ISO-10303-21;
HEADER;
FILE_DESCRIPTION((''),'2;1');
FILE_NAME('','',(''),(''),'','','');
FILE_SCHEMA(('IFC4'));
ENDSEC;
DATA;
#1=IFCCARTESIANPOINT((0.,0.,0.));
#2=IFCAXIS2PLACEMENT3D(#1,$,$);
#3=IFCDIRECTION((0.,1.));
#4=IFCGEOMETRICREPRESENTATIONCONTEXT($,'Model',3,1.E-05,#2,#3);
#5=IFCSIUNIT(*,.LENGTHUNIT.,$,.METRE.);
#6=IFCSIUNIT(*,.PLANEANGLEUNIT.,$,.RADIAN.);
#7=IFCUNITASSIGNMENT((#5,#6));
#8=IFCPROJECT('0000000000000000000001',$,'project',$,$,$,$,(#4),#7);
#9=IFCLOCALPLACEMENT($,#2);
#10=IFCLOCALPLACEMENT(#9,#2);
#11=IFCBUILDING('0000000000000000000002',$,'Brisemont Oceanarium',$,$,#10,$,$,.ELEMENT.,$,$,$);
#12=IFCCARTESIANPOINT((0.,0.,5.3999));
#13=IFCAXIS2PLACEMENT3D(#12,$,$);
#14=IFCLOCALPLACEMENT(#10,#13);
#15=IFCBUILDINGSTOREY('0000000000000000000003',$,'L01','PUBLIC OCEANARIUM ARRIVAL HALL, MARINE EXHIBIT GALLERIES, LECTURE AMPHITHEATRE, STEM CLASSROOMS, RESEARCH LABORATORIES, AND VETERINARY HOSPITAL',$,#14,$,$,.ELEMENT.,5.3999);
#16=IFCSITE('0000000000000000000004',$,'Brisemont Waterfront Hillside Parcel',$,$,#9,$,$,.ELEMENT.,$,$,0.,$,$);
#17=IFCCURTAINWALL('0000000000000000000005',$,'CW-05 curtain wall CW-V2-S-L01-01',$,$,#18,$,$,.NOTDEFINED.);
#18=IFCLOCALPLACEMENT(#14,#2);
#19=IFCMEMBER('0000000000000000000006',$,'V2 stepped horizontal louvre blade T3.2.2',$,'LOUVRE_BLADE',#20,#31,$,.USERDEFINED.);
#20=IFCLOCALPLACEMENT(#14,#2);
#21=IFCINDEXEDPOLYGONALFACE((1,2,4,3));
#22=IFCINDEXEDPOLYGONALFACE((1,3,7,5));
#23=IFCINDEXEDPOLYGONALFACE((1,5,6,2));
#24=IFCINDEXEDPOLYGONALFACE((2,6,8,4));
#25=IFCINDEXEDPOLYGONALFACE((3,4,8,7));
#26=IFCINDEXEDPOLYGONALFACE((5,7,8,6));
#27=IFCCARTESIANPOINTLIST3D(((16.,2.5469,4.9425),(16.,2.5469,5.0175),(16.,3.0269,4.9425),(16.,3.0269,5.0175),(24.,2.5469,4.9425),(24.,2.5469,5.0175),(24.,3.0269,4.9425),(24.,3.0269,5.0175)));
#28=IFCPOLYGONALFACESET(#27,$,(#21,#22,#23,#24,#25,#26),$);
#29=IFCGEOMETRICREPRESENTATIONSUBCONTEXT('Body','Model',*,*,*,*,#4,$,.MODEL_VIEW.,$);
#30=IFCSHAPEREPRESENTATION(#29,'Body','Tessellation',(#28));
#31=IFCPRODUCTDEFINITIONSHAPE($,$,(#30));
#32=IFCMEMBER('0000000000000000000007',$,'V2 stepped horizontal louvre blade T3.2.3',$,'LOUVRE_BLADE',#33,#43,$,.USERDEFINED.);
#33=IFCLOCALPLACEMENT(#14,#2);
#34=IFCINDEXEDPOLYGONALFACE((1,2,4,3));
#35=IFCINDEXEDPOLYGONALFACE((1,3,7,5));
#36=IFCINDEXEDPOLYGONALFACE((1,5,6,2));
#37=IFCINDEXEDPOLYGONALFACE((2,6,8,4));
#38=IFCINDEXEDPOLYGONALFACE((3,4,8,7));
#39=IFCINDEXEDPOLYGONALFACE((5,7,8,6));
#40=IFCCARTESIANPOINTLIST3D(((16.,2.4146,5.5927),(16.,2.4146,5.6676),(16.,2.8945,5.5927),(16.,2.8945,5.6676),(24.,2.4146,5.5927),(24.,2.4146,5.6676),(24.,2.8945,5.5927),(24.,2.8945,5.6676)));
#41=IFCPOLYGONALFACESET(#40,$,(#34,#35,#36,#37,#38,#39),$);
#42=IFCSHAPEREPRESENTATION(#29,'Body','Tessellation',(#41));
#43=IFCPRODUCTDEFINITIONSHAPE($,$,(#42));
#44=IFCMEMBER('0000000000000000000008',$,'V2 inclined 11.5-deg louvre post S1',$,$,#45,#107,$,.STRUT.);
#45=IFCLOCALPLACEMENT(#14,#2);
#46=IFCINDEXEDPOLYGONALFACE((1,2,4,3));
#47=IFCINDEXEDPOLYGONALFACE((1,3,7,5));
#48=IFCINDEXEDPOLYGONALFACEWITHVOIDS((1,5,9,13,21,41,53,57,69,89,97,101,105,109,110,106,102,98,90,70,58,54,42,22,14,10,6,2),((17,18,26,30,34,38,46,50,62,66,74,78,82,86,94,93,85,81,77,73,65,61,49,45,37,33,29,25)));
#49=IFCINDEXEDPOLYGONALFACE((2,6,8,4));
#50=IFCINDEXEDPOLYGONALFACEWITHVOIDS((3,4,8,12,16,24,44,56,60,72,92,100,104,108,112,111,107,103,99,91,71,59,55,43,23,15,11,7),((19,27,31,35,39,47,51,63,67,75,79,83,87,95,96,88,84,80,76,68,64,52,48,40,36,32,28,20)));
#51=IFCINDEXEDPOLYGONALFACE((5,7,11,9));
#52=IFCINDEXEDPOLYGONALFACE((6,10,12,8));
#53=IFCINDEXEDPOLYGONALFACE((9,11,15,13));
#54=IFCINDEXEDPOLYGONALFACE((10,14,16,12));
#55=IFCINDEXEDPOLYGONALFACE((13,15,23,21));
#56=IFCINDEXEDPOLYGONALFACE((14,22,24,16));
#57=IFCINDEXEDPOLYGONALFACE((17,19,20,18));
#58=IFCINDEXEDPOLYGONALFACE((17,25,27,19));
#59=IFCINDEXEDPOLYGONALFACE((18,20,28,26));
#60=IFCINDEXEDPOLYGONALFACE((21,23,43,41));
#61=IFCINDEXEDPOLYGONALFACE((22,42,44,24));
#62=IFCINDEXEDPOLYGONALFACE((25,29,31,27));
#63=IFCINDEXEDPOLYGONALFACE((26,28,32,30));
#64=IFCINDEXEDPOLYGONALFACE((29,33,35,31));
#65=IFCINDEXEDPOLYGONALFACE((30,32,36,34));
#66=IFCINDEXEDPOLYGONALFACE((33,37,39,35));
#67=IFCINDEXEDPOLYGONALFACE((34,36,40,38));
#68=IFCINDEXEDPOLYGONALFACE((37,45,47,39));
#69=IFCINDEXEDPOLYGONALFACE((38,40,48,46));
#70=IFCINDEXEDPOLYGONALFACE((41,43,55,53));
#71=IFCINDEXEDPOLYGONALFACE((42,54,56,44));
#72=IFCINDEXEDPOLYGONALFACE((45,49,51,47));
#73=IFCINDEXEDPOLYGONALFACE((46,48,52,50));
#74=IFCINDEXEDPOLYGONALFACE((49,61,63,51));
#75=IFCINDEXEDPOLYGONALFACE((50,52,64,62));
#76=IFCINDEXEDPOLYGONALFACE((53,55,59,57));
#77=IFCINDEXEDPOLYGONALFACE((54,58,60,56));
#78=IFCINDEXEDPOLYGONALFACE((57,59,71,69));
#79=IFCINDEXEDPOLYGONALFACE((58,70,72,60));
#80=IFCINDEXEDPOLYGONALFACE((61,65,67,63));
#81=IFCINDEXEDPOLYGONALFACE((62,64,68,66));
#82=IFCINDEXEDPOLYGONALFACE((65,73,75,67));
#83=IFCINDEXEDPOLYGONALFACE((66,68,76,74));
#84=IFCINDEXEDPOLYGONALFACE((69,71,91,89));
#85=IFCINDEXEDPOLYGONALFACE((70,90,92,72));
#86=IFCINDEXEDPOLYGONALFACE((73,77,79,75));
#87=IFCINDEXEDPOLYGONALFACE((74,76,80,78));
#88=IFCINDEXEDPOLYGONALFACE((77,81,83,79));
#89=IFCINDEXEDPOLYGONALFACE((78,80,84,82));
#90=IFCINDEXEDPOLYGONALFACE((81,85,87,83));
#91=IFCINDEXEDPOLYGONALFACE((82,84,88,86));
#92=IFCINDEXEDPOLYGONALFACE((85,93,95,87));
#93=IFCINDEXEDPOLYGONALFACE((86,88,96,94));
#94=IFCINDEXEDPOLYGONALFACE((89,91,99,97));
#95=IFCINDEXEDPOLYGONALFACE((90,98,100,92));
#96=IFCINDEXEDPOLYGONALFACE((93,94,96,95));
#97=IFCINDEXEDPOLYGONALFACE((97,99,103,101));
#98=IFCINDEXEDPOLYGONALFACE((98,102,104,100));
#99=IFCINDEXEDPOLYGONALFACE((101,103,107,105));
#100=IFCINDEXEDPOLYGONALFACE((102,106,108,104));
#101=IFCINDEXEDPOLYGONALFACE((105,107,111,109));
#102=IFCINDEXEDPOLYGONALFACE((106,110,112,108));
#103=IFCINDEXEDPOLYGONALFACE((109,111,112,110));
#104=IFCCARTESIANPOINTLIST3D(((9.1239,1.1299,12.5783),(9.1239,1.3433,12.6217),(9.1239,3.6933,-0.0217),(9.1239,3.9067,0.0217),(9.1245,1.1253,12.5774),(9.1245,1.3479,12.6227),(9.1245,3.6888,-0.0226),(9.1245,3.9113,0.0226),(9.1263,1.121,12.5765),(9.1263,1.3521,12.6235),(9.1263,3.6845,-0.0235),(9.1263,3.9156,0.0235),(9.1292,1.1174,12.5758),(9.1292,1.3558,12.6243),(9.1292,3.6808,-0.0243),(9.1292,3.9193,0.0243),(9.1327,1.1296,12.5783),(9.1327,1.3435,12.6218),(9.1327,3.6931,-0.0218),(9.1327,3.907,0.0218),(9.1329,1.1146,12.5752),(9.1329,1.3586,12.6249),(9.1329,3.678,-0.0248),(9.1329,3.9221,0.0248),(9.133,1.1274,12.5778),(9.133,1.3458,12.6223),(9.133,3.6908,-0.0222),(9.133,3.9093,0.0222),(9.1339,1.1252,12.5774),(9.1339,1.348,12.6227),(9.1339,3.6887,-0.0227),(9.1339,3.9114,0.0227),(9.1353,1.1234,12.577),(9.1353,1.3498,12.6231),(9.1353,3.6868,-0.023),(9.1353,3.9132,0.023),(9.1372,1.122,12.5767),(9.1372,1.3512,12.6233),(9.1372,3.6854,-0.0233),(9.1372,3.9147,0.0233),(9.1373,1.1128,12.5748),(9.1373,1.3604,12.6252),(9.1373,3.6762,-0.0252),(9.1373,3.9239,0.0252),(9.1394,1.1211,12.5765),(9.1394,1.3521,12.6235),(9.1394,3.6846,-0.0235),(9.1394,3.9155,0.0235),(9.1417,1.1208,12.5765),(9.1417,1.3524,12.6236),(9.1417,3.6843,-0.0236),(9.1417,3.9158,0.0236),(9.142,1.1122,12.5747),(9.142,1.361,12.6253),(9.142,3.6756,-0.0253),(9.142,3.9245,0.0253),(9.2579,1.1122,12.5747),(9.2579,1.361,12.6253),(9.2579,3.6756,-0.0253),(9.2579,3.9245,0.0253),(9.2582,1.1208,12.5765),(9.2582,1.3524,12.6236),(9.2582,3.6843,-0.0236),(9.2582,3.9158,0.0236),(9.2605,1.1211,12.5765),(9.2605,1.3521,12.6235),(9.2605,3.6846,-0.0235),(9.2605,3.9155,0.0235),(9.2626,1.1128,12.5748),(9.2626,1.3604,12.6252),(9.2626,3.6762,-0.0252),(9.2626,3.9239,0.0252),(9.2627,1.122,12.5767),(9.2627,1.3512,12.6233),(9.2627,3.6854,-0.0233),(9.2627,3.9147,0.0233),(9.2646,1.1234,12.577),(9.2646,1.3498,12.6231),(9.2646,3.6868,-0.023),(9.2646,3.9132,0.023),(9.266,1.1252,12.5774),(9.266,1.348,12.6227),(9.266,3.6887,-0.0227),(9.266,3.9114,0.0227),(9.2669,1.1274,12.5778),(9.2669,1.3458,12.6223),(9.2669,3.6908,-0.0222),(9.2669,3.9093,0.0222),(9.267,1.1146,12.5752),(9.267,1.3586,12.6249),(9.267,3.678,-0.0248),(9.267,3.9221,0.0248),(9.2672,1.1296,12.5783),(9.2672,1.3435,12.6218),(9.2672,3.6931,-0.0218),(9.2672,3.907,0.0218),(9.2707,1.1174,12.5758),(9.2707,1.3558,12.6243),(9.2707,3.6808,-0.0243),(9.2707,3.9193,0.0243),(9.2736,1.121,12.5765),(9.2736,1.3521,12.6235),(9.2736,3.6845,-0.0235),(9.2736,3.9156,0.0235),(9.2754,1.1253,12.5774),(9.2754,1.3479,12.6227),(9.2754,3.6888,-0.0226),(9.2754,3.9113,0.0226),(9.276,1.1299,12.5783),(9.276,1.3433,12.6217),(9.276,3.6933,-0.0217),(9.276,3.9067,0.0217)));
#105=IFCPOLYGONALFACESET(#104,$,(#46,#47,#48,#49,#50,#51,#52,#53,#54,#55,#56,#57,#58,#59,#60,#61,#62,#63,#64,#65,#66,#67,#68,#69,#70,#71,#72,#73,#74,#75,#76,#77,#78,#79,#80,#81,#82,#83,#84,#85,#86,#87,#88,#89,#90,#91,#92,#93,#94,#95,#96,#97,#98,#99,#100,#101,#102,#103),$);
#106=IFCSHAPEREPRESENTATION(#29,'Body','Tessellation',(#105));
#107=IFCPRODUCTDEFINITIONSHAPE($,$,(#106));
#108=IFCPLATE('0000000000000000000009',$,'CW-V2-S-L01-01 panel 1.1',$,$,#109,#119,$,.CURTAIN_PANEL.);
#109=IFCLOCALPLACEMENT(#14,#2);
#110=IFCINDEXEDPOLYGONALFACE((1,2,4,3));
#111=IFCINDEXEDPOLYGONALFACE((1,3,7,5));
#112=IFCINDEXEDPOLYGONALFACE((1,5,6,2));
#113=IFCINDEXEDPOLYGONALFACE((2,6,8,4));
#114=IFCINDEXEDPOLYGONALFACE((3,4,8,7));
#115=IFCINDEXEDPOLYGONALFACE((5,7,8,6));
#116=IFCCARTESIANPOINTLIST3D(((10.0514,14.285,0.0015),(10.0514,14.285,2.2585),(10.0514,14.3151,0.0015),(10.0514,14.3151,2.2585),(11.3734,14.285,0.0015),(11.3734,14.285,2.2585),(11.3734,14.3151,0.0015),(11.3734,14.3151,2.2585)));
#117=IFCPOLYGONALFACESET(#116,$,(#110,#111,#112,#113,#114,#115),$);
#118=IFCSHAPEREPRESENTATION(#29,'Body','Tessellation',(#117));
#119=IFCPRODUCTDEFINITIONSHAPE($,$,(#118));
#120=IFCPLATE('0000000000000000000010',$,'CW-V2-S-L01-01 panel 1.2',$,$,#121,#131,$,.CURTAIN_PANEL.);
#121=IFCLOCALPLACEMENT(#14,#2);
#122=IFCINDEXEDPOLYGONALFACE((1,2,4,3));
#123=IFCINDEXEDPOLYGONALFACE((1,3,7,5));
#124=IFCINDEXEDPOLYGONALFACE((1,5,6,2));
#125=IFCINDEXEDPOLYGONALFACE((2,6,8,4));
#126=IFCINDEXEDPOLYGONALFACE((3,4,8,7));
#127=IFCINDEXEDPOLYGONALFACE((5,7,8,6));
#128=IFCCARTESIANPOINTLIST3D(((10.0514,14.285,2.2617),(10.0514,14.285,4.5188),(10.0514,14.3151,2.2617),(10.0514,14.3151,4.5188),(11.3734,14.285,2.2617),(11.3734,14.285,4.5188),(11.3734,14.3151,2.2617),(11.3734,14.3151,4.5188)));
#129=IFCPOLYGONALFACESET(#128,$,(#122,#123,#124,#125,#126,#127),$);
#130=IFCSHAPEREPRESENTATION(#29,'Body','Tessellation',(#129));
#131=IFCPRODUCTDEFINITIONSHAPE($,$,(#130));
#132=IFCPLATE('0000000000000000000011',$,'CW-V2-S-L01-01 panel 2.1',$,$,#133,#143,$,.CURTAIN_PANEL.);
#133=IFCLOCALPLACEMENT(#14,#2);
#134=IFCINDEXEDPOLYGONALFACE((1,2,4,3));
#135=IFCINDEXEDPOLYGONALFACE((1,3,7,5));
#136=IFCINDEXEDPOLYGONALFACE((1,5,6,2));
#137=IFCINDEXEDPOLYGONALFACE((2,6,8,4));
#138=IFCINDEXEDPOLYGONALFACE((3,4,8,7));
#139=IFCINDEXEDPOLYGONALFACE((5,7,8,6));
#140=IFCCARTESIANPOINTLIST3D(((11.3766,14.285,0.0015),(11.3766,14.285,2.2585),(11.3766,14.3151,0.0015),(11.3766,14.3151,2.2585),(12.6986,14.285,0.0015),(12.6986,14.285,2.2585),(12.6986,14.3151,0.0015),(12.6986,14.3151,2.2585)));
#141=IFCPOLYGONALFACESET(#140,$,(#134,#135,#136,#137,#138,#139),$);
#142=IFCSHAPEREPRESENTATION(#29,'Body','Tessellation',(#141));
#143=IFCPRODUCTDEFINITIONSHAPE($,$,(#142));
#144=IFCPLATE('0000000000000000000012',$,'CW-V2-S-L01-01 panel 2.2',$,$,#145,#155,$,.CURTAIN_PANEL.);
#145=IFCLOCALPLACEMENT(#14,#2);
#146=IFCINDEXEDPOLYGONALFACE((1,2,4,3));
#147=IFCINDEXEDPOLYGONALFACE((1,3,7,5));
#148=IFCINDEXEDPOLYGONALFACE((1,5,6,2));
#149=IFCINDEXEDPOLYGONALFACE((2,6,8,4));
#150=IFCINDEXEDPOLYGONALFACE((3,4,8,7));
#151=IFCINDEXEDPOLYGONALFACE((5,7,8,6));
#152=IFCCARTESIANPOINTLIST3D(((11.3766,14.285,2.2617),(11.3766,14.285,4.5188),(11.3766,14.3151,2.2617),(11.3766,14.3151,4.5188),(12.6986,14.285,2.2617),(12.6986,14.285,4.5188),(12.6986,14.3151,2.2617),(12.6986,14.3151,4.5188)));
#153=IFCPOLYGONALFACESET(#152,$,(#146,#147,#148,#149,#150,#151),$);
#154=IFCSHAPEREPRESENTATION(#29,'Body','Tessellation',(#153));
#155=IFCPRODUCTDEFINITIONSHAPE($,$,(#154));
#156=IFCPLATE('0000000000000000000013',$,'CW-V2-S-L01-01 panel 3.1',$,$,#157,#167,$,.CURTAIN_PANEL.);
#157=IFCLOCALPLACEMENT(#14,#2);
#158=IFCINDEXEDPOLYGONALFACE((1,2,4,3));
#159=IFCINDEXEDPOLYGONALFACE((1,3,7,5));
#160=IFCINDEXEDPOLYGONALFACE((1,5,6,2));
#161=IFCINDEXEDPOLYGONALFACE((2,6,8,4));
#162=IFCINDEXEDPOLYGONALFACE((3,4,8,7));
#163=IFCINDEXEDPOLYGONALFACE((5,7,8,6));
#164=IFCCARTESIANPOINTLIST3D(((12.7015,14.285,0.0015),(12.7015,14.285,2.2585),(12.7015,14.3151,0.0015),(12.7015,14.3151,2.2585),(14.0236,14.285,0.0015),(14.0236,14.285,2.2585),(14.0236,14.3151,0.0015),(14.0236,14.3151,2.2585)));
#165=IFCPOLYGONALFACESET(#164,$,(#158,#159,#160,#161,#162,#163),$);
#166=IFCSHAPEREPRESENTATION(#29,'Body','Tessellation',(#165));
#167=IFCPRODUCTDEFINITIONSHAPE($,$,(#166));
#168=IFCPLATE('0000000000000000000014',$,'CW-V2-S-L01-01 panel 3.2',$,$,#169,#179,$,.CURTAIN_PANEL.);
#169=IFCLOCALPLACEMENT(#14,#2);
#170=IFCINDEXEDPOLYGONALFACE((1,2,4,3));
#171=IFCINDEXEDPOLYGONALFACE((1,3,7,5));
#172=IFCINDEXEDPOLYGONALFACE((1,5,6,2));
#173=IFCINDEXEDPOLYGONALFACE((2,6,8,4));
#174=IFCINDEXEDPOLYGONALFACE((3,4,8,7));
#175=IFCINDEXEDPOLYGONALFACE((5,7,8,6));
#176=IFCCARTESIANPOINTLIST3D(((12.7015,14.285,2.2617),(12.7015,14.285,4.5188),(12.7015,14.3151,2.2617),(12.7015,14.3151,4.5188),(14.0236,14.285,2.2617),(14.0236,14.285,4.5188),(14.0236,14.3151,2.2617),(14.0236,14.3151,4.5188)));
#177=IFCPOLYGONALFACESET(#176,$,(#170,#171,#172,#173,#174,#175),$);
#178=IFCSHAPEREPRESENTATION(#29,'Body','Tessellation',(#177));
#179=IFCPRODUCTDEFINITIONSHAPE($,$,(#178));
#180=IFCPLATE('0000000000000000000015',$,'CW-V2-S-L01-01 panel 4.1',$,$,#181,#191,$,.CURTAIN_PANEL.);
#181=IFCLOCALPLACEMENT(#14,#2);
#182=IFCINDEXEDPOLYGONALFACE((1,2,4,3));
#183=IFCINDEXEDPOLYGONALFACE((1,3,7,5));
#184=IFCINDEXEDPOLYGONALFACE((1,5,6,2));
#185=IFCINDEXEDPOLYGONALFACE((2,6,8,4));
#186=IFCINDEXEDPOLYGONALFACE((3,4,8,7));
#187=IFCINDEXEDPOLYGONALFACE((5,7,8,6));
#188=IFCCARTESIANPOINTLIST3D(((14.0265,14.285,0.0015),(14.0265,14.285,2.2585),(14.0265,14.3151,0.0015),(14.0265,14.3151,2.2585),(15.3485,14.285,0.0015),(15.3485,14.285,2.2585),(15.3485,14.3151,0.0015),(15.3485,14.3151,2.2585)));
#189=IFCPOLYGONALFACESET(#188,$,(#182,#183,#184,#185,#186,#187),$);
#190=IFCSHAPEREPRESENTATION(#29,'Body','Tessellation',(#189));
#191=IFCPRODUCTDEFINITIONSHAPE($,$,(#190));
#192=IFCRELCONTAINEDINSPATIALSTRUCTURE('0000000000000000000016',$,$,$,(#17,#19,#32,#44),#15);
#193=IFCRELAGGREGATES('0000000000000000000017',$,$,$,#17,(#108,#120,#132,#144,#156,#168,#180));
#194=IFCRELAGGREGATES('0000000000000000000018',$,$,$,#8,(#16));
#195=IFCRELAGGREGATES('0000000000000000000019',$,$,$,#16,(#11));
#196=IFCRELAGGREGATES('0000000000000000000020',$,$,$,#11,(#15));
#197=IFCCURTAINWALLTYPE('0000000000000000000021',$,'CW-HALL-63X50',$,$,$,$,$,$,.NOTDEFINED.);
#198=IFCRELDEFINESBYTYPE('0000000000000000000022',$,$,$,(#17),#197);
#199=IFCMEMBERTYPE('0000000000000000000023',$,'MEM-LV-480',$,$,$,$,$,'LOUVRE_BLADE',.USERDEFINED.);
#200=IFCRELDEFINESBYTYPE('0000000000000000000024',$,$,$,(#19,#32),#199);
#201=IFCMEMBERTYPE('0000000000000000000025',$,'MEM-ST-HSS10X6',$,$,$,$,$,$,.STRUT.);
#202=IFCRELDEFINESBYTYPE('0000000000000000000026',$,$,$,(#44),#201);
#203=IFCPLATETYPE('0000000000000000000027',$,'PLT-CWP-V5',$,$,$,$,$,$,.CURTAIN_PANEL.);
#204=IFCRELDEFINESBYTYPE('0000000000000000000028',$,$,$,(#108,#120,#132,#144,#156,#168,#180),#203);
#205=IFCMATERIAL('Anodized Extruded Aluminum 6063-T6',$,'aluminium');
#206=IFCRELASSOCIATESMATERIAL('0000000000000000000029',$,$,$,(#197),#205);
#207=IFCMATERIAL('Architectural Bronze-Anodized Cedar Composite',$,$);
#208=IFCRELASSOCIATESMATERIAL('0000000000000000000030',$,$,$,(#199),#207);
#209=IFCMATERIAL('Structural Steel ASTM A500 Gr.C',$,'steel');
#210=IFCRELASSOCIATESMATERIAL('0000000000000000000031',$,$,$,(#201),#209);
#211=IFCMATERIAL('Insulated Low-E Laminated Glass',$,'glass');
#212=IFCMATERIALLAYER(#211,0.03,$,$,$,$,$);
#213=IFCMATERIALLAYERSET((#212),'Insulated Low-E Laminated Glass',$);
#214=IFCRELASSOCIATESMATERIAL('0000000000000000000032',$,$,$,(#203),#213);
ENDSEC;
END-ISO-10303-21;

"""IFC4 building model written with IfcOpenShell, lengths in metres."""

from ifc_helpers import new_model, si_unit, direction, frame, origin, origin_2d, place, context, subcontext, project, spatial, rectangle, hollow_rectangle, extrude, material, layer, layer_set, material_profile, profile_set, type_object, element, aggregate, save


model = new_model("IFC4")

# Units and contexts
model_context = context("Model", 3, precision=1e-05, world=origin(), true_north=direction((0.0, 1.0)))
body_context = subcontext(model_context, "Body", "Model", "MODEL_VIEW")
ifc_project = project(units=[si_unit("LENGTHUNIT", "METRE"), si_unit("PLANEANGLEUNIT", "RADIAN")], contexts=[model_context])

# Site, building, storey
site_placement = place(None, origin())
site = spatial("IfcSite", under=ifc_project, at=site_placement, Name="Brisemont Waterfront Hillside Parcel", CompositionType="ELEMENT", RefElevation=0.0)
building_placement = place(site_placement, origin())
building = spatial("IfcBuilding", under=site, at=building_placement, Name="Brisemont Oceanarium", CompositionType="ELEMENT")
storey_placement = place(building_placement, frame((0.0, 0.0, 5.3999)))
storey = spatial("IfcBuildingStorey", under=building, at=storey_placement, Name="L01", Description="PUBLIC OCEANARIUM ARRIVAL HALL, MARINE EXHIBIT GALLERIES, LECTURE AMPHITHEATRE, STEM CLASSROOMS, RESEARCH LABORATORIES, AND VETERINARY HOSPITAL", CompositionType="ELEMENT", Elevation=5.3999)

# Curtain wall
ifc_material_1 = material(Name="Anodized Extruded Aluminum 6063-T6", Category="aluminium")
curtain_wall_type = type_object("IfcCurtainWallType", Name="CW-HALL-63X50", PredefinedType="NOTDEFINED", material=ifc_material_1)
curtain_wall_placement = place(storey_placement, origin())
curtain_wall = element("IfcCurtainWall", 1, at=curtain_wall_placement, inside=storey, type_object=curtain_wall_type, Name="CW-05 curtain wall CW-V2-S-L01-01", PredefinedType="NOTDEFINED")

# Members
ifc_material_2 = material(Name="Architectural Bronze-Anodized Cedar Composite")
ifc_material_profile_1 = material_profile(ifc_material_2, rectangle(XDim=0.48, YDim=0.075, at=origin_2d()), Name="LOUVRE-480X75")
ifc_profile_set_1 = profile_set([ifc_material_profile_1], Name="Architectural Bronze-Anodized Cedar Composite")
member_type_1 = type_object("IfcMemberType", Name="MEM-LV-480", ElementType="LOUVRE_BLADE", PredefinedType="USERDEFINED", material=ifc_profile_set_1)
for number, where, z_axis, x_axis, name in (
    (2, (16.0, 2.7869, 4.98), (1.0, 0.0, 0.0), (0.0, 1.0, 0.0), "V2 stepped horizontal louvre blade T3.2.2"),
    (3, (16.0, 2.6545, 5.6301), (1.0, 0.0, 0.0), (0.0, 1.0, 0.0), "V2 stepped horizontal louvre blade T3.2.3"),
):
    element("IfcMember", number, at=place(storey_placement, frame(where, z_axis=z_axis, x_axis=x_axis)), inside=storey, type_object=member_type_1, Name=name, ObjectType="LOUVRE_BLADE", PredefinedType="USERDEFINED", context=body_context, shape_type="SweptSolid", body=[
        extrude(rectangle(XDim=0.48, YDim=0.075, at=origin_2d()), origin(), (0.0, 0.0, 1.0), 8.0),
    ])
ifc_material_3 = material(Name="Structural Steel ASTM A500 Gr.C", Category="steel")
ifc_material_profile_2 = material_profile(ifc_material_3, hollow_rectangle(XDim=0.1521, YDim=0.2539, WallThickness=0.0088, InnerFilletRadius=0.009, OuterFilletRadius=0.0181, at=origin_2d()), Name="HSS10X6X3/8")
ifc_profile_set_2 = profile_set([ifc_material_profile_2], Name="Structural Steel ASTM A500 Gr.C")
member_type_2 = type_object("IfcMemberType", Name="MEM-ST-HSS10X6", PredefinedType="STRUT", material=ifc_profile_set_2)
member_1_placement = place(storey_placement, frame((9.2, 3.8, 0.0), z_axis=(0.0, -0.199365, 0.979925), x_axis=(1.0, 0.0, 0.0)))
element("IfcMember", 4, at=member_1_placement, inside=storey, type_object=member_type_2, Name="V2 inclined 11.5-deg louvre post S1", PredefinedType="STRUT", context=body_context, shape_type="SweptSolid", body=[
    extrude(hollow_rectangle(XDim=0.1521, YDim=0.2539, WallThickness=0.0088, InnerFilletRadius=0.009, OuterFilletRadius=0.0181, at=origin_2d()), origin(), (0.0, 0.0, 1.0), 12.8582),
])

# Plates
ifc_material_4 = material(Name="Insulated Low-E Laminated Glass", Category="glass")
ifc_layer_1 = layer(ifc_material_4, 0.03)
ifc_layer_set_1 = layer_set([ifc_layer_1], Name="Insulated Low-E Laminated Glass")
plate_type = type_object("IfcPlateType", Name="PLT-CWP-V5", PredefinedType="CURTAIN_PANEL", material=ifc_layer_set_1)
plate_1_placement = place(storey_placement, frame((10.7124, 14.3, 0.0015), z_axis=(0.0, 0.0, 1.0), x_axis=(1.0, 0.0, 0.0)))
plate_1 = element("IfcPlate", 5, at=plate_1_placement, type_object=plate_type, Name="CW-V2-S-L01-01 panel 1.1", PredefinedType="CURTAIN_PANEL", context=body_context, shape_type="SweptSolid", body=[
    extrude(rectangle(XDim=1.322, YDim=0.03, at=origin_2d()), origin(), (0.0, 0.0, 1.0), 2.2571),
])
plate_2_placement = place(storey_placement, frame((10.7124, 14.3, 2.2617), z_axis=(0.0, 0.0, 1.0), x_axis=(1.0, 0.0, 0.0)))
plate_2 = element("IfcPlate", 6, at=plate_2_placement, type_object=plate_type, Name="CW-V2-S-L01-01 panel 1.2", PredefinedType="CURTAIN_PANEL", context=body_context, shape_type="SweptSolid", body=[
    extrude(rectangle(XDim=1.322, YDim=0.03, at=origin_2d()), origin(), (0.0, 0.0, 1.0), 2.2571),
])
plate_3_placement = place(storey_placement, frame((12.0376, 14.3, 0.0015), z_axis=(0.0, 0.0, 1.0), x_axis=(1.0, 0.0, 0.0)))
plate_3 = element("IfcPlate", 7, at=plate_3_placement, type_object=plate_type, Name="CW-V2-S-L01-01 panel 2.1", PredefinedType="CURTAIN_PANEL", context=body_context, shape_type="SweptSolid", body=[
    extrude(rectangle(XDim=1.322, YDim=0.03, at=origin_2d()), origin(), (0.0, 0.0, 1.0), 2.2571),
])
plate_4_placement = place(storey_placement, frame((12.0376, 14.3, 2.2617), z_axis=(0.0, 0.0, 1.0), x_axis=(1.0, 0.0, 0.0)))
plate_4 = element("IfcPlate", 8, at=plate_4_placement, type_object=plate_type, Name="CW-V2-S-L01-01 panel 2.2", PredefinedType="CURTAIN_PANEL", context=body_context, shape_type="SweptSolid", body=[
    extrude(rectangle(XDim=1.322, YDim=0.03, at=origin_2d()), origin(), (0.0, 0.0, 1.0), 2.2571),
])
plate_5_placement = place(storey_placement, frame((13.3625, 14.3, 0.0015), z_axis=(0.0, 0.0, 1.0), x_axis=(1.0, 0.0, 0.0)))
plate_5 = element("IfcPlate", 9, at=plate_5_placement, type_object=plate_type, Name="CW-V2-S-L01-01 panel 3.1", PredefinedType="CURTAIN_PANEL", context=body_context, shape_type="SweptSolid", body=[
    extrude(rectangle(XDim=1.322, YDim=0.03, at=origin_2d()), origin(), (0.0, 0.0, 1.0), 2.2571),
])
plate_6_placement = place(storey_placement, frame((13.3625, 14.3, 2.2617), z_axis=(0.0, 0.0, 1.0), x_axis=(1.0, 0.0, 0.0)))
plate_6 = element("IfcPlate", 10, at=plate_6_placement, type_object=plate_type, Name="CW-V2-S-L01-01 panel 3.2", PredefinedType="CURTAIN_PANEL", context=body_context, shape_type="SweptSolid", body=[
    extrude(rectangle(XDim=1.322, YDim=0.03, at=origin_2d()), origin(), (0.0, 0.0, 1.0), 2.2571),
])
plate_7_placement = place(storey_placement, frame((14.6875, 14.3, 0.0015), z_axis=(0.0, 0.0, 1.0), x_axis=(1.0, 0.0, 0.0)))
plate_7 = element("IfcPlate", 11, at=plate_7_placement, type_object=plate_type, Name="CW-V2-S-L01-01 panel 4.1", PredefinedType="CURTAIN_PANEL", context=body_context, shape_type="SweptSolid", body=[
    extrude(rectangle(XDim=1.322, YDim=0.03, at=origin_2d()), origin(), (0.0, 0.0, 1.0), 2.2571),
])
aggregate(curtain_wall, [plate_1, plate_2, plate_3, plate_4, plate_5, plate_6, plate_7])

save(model, "model.ifc")
